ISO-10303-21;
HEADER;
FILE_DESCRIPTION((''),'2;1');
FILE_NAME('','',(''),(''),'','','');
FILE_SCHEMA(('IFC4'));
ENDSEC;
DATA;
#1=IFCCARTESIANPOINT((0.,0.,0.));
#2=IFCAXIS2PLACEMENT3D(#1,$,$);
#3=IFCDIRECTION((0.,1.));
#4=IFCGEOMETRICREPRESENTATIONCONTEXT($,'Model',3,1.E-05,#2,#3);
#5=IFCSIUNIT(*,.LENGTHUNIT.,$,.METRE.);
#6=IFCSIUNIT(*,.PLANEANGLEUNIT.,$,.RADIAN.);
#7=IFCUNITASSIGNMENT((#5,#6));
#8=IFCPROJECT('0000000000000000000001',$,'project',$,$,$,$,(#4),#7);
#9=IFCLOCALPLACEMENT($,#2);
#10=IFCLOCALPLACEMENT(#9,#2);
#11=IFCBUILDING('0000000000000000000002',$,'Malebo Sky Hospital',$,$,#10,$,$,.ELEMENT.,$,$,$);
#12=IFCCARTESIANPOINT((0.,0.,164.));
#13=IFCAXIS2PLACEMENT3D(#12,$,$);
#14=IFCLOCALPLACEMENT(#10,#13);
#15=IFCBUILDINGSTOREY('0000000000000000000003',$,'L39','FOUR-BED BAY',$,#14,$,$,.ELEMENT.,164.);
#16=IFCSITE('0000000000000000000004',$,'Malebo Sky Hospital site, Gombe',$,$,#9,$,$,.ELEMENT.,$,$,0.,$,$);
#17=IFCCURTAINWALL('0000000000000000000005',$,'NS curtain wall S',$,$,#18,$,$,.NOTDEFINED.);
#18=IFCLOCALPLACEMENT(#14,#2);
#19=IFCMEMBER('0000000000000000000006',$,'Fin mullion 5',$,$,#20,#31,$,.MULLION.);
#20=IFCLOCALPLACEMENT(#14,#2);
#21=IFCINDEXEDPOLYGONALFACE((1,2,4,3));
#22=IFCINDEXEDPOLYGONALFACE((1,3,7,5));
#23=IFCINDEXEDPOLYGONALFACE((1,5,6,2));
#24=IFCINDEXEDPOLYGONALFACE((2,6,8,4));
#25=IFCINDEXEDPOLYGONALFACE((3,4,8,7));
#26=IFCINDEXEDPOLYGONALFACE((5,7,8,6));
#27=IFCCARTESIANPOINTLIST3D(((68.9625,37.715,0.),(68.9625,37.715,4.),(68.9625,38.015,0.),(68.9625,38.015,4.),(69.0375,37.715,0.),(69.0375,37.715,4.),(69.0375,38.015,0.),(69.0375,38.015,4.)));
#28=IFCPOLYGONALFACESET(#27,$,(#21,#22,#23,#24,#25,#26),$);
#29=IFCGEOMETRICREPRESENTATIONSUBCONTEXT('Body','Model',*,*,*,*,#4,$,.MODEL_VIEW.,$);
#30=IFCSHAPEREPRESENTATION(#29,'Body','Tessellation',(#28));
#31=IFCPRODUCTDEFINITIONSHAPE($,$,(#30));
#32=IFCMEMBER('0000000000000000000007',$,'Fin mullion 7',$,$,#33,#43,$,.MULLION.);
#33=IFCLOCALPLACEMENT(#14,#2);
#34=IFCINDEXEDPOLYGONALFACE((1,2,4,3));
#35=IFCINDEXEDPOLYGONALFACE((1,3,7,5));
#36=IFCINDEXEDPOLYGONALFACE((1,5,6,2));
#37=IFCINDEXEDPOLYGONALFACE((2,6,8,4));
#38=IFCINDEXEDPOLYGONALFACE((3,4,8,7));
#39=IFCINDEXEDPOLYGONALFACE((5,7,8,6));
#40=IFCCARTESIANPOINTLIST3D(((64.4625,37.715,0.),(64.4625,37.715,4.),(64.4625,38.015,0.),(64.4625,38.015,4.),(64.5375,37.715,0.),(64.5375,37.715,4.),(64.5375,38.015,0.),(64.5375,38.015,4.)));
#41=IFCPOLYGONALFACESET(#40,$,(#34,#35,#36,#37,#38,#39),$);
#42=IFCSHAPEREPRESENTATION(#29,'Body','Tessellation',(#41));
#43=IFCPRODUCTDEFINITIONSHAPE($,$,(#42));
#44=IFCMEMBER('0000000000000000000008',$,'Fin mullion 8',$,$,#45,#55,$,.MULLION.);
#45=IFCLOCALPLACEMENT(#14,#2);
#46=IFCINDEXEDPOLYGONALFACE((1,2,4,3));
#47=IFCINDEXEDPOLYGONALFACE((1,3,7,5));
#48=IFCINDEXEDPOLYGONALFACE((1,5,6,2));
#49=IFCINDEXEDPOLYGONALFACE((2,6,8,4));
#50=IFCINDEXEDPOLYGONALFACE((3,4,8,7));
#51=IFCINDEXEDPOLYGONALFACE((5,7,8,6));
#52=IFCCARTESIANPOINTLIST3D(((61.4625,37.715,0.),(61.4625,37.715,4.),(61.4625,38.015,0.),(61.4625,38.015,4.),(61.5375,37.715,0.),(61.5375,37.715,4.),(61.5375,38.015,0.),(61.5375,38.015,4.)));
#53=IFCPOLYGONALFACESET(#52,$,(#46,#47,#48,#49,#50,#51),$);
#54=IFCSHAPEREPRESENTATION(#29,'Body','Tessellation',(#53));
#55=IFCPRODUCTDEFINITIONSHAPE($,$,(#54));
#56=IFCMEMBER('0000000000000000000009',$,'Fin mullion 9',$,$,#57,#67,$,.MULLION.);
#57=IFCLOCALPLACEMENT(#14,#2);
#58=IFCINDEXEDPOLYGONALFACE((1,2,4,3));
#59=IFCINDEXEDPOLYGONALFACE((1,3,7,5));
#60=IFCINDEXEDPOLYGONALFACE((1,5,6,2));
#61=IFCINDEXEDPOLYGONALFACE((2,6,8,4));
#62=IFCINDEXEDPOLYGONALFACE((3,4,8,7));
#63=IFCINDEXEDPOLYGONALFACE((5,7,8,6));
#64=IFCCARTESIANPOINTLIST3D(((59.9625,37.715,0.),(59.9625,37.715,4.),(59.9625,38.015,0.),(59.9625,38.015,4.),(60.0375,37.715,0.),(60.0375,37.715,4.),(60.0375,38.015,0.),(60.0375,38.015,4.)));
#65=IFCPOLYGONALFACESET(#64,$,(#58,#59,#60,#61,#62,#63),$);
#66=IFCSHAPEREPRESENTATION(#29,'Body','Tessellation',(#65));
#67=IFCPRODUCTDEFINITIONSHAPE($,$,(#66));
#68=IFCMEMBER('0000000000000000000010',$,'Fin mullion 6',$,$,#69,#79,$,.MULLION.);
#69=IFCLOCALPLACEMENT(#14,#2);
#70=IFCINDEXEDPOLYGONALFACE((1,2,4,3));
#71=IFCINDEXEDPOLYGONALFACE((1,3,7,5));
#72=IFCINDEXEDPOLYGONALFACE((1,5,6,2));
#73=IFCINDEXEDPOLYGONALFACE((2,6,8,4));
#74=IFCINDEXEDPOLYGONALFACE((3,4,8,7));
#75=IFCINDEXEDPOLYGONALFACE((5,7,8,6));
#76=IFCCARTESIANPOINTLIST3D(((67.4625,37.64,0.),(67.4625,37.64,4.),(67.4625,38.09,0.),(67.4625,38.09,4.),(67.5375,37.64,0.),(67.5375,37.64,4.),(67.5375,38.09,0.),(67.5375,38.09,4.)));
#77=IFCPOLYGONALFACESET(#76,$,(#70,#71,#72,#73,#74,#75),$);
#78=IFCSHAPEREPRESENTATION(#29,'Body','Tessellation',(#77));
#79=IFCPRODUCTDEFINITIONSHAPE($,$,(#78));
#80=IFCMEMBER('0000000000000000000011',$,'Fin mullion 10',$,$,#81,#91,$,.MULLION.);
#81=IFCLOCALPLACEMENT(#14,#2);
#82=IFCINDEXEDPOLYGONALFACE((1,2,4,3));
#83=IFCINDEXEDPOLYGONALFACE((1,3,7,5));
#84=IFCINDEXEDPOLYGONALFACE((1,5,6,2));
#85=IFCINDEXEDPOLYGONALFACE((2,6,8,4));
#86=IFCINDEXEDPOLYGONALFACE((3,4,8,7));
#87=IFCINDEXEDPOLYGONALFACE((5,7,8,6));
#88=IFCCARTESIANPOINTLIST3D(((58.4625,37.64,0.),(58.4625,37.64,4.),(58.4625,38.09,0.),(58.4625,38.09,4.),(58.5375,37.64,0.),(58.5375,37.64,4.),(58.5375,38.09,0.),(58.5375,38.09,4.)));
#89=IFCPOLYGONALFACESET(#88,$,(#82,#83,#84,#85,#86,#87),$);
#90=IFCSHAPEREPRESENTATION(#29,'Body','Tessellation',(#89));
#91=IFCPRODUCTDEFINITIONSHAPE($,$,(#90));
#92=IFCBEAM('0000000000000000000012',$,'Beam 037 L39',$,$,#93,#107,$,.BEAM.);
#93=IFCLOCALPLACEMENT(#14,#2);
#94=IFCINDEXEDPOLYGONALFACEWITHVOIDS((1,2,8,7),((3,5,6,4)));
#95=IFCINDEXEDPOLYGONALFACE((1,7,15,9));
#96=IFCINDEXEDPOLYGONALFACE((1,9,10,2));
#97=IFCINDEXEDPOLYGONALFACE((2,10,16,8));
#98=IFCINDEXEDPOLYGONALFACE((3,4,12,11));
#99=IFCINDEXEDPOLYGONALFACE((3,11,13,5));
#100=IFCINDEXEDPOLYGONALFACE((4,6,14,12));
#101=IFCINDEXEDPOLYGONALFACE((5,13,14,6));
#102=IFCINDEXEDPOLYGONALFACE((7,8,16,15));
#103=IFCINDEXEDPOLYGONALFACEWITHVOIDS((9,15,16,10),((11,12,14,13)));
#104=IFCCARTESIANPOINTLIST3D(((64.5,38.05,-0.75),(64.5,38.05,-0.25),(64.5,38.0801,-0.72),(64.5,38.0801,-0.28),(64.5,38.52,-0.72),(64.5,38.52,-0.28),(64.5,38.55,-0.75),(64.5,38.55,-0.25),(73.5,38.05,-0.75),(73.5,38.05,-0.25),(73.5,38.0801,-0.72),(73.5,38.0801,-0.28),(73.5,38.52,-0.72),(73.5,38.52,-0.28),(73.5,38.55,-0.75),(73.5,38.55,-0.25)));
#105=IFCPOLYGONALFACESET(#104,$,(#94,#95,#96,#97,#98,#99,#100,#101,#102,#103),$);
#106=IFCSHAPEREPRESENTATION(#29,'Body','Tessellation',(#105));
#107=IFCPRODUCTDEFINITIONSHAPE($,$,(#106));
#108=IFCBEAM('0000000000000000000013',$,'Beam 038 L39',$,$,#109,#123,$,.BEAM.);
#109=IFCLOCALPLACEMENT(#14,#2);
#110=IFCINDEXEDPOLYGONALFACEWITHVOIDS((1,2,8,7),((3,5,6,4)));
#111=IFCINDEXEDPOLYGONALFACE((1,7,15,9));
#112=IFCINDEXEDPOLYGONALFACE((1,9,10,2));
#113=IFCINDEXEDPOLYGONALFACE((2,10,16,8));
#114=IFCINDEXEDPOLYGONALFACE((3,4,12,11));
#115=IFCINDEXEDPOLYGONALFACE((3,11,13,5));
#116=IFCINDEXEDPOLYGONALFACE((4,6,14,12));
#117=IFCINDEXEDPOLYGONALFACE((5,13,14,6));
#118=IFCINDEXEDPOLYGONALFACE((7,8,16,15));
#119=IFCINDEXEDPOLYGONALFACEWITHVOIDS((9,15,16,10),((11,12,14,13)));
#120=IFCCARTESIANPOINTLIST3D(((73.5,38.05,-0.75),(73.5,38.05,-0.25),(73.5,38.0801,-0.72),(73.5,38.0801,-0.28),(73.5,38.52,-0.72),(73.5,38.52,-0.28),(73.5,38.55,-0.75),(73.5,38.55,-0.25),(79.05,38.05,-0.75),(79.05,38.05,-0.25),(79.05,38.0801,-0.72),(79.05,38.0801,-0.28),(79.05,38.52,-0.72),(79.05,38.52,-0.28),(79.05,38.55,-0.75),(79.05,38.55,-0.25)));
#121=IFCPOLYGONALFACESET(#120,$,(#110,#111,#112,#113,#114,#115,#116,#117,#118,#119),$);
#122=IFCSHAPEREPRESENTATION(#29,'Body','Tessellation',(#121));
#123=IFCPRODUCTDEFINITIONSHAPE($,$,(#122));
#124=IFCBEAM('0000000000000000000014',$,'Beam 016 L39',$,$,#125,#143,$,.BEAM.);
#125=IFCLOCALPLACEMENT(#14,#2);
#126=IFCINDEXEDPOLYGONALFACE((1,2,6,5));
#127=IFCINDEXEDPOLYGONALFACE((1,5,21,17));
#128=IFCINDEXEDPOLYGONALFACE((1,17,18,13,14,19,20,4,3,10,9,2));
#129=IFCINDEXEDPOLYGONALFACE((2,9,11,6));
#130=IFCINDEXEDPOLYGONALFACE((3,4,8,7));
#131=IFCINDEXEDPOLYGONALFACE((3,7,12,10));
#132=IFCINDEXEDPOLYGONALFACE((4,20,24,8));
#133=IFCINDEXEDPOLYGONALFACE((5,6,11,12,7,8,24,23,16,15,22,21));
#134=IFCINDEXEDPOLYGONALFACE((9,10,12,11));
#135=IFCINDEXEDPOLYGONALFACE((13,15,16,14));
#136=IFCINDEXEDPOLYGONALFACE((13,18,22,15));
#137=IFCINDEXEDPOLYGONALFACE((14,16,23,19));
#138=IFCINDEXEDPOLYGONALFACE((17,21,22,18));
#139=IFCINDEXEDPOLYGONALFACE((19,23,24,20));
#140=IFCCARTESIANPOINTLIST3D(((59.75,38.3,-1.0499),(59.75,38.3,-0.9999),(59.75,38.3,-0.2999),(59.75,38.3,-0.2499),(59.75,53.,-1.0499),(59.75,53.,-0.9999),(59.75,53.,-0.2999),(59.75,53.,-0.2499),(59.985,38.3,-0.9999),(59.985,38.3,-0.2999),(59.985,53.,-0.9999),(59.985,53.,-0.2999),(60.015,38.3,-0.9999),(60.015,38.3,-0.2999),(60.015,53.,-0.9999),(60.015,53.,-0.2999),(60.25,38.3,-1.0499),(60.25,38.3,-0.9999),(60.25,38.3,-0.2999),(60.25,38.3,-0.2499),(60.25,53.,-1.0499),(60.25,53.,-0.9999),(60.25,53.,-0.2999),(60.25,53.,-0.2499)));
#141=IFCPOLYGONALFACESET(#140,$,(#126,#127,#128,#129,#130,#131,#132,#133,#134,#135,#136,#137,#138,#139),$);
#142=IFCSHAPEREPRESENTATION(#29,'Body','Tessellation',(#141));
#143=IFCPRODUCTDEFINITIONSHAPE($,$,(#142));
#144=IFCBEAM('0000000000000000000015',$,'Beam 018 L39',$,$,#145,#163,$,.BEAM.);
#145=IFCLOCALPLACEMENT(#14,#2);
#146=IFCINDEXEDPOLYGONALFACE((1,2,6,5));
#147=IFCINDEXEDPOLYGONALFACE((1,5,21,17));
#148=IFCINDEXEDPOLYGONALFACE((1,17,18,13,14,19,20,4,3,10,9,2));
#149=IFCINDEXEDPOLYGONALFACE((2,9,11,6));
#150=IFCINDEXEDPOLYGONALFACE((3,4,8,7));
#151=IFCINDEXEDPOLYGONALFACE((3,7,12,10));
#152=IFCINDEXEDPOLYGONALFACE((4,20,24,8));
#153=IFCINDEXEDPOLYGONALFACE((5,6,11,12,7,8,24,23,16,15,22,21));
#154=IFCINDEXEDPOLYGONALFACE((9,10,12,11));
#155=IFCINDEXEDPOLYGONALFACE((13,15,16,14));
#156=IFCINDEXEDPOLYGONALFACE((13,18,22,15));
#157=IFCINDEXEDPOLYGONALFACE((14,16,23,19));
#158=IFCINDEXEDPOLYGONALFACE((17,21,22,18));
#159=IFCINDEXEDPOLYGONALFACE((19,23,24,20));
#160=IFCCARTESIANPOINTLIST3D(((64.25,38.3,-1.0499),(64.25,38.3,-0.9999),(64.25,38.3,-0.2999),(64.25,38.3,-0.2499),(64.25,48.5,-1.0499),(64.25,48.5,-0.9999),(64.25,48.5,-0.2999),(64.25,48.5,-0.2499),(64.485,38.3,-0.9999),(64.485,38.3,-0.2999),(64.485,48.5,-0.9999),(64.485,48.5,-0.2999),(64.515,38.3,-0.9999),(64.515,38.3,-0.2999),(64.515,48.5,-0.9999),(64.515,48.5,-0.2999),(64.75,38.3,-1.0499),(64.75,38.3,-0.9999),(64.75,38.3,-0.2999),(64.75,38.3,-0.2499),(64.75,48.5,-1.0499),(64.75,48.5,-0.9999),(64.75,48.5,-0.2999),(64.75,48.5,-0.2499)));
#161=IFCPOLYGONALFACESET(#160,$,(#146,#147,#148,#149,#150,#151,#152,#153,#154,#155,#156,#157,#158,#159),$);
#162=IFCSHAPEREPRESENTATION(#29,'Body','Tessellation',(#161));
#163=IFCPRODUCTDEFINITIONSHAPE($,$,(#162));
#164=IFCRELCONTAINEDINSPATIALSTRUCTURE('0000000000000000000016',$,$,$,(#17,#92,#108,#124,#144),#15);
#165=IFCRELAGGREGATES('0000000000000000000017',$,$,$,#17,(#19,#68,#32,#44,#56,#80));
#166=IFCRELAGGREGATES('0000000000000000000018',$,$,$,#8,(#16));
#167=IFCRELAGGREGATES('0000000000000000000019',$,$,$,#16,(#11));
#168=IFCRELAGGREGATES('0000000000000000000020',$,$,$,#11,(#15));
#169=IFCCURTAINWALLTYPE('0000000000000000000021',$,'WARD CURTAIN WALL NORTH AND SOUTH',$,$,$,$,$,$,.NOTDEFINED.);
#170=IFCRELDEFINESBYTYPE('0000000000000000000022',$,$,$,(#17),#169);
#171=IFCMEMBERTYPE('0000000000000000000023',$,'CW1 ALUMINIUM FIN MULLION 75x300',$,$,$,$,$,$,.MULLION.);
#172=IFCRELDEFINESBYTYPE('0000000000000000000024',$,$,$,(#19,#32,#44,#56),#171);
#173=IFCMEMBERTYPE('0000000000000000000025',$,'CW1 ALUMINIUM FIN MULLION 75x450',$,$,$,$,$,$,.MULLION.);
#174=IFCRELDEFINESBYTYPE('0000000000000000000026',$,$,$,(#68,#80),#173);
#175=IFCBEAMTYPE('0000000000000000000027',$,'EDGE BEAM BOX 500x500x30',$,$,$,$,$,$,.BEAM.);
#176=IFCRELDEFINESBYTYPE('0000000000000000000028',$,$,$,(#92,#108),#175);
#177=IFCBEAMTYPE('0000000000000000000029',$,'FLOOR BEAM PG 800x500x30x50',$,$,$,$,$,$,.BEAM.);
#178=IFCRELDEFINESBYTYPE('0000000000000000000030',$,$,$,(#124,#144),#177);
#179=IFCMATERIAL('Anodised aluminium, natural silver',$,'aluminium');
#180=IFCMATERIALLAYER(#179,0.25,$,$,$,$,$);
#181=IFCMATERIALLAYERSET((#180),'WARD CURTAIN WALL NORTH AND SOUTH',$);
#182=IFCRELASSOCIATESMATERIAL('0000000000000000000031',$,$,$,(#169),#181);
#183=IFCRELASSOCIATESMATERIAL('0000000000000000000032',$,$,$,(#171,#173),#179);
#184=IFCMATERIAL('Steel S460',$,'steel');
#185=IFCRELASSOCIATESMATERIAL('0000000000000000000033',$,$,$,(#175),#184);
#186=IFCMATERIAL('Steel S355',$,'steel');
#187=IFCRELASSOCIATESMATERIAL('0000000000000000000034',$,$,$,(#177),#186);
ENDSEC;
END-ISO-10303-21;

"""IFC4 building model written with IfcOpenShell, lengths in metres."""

from ifc_helpers import new_model, si_unit, direction, frame, origin, origin_2d, place, context, subcontext, project, spatial, rectangle, hollow_rectangle, i_section, extrude, material, layer, layer_set, material_profile, profile_set, type_object, element, aggregate, save


model = new_model("IFC4")

# Units and contexts
model_context = context("Model", 3, precision=1e-05, world=origin(), true_north=direction((0.0, 1.0)))
body_context = subcontext(model_context, "Body", "Model", "MODEL_VIEW")
ifc_project = project(units=[si_unit("LENGTHUNIT", "METRE"), si_unit("PLANEANGLEUNIT", "RADIAN")], contexts=[model_context])

# Site, building, storey
site_placement = place(None, origin())
site = spatial("IfcSite", under=ifc_project, at=site_placement, Name="Malebo Sky Hospital site, Gombe", CompositionType="ELEMENT", RefElevation=0.0)
building_placement = place(site_placement, origin())
building = spatial("IfcBuilding", under=site, at=building_placement, Name="Malebo Sky Hospital", CompositionType="ELEMENT")
storey_placement = place(building_placement, frame((0.0, 0.0, 164.0)))
storey = spatial("IfcBuildingStorey", under=building, at=storey_placement, Name="L39", Description="FOUR-BED BAY", CompositionType="ELEMENT", Elevation=164.0)

# Shared definitions
ifc_material_1 = material(Name="Steel S460", Category="steel")

# Curtain wall
ifc_material_2 = material(Name="Anodised aluminium, natural silver", Category="aluminium")
ifc_layer_1 = layer(ifc_material_2, 0.25)
ifc_layer_set_1 = layer_set([ifc_layer_1], Name="WARD CURTAIN WALL NORTH AND SOUTH")
curtain_wall_type = type_object("IfcCurtainWallType", Name="WARD CURTAIN WALL NORTH AND SOUTH", PredefinedType="NOTDEFINED", material=ifc_layer_set_1)
curtain_wall_placement = place(storey_placement, origin())
curtain_wall = element("IfcCurtainWall", 1, at=curtain_wall_placement, inside=storey, type_object=curtain_wall_type, Name="NS curtain wall S", PredefinedType="NOTDEFINED")

# Members
ifc_material_3 = material(Name="Steel S355", Category="steel")
ifc_material_profile_1 = material_profile(ifc_material_2, rectangle(XDim=0.075, YDim=0.3, at=origin_2d()), Name="CW1 ALUMINIUM FIN MULLION 75x300")
ifc_profile_set_1 = profile_set([ifc_material_profile_1], Name="Anodised aluminium, natural silver")
member_type_1 = type_object("IfcMemberType", Name="CW1 ALUMINIUM FIN MULLION 75x300", PredefinedType="MULLION", material=ifc_profile_set_1)
member_1_placement = place(storey_placement, frame((69.0, 37.865, 0.0), z_axis=(0.0, 0.0, 1.0), x_axis=(-1.0, 0.0, 0.0)))
member_1 = element("IfcMember", 2, at=member_1_placement, type_object=member_type_1, Name="Fin mullion 5", PredefinedType="MULLION", context=body_context, shape_type="SweptSolid", body=[
    extrude(rectangle(XDim=0.075, YDim=0.3, at=origin_2d()), origin(), (0.0, 0.0, 1.0), 4.0),
])
member_2_placement = place(storey_placement, frame((64.5, 37.865, 0.0), z_axis=(0.0, 0.0, 1.0), x_axis=(-1.0, 0.0, 0.0)))
member_2 = element("IfcMember", 3, at=member_2_placement, type_object=member_type_1, Name="Fin mullion 7", PredefinedType="MULLION", context=body_context, shape_type="SweptSolid", body=[
    extrude(rectangle(XDim=0.075, YDim=0.3, at=origin_2d()), origin(), (0.0, 0.0, 1.0), 4.0),
])
member_3_placement = place(storey_placement, frame((61.5, 37.865, 0.0), z_axis=(0.0, 0.0, 1.0), x_axis=(-1.0, 0.0, 0.0)))
member_3 = element("IfcMember", 4, at=member_3_placement, type_object=member_type_1, Name="Fin mullion 8", PredefinedType="MULLION", context=body_context, shape_type="SweptSolid", body=[
    extrude(rectangle(XDim=0.075, YDim=0.3, at=origin_2d()), origin(), (0.0, 0.0, 1.0), 4.0),
])
member_4_placement = place(storey_placement, frame((60.0, 37.865, 0.0), z_axis=(0.0, 0.0, 1.0), x_axis=(-1.0, 0.0, 0.0)))
member_4 = element("IfcMember", 5, at=member_4_placement, type_object=member_type_1, Name="Fin mullion 9", PredefinedType="MULLION", context=body_context, shape_type="SweptSolid", body=[
    extrude(rectangle(XDim=0.075, YDim=0.3, at=origin_2d()), origin(), (0.0, 0.0, 1.0), 4.0),
])
ifc_material_profile_2 = material_profile(ifc_material_2, rectangle(XDim=0.075, YDim=0.45, at=origin_2d()), Name="CW1 ALUMINIUM FIN MULLION 75x450")
ifc_profile_set_2 = profile_set([ifc_material_profile_2], Name="Anodised aluminium, natural silver")
member_type_2 = type_object("IfcMemberType", Name="CW1 ALUMINIUM FIN MULLION 75x450", PredefinedType="MULLION", material=ifc_profile_set_2)
member_5_placement = place(storey_placement, frame((67.5, 37.865, 0.0), z_axis=(0.0, 0.0, 1.0), x_axis=(-1.0, 0.0, 0.0)))
member_5 = element("IfcMember", 6, at=member_5_placement, type_object=member_type_2, Name="Fin mullion 6", PredefinedType="MULLION", context=body_context, shape_type="SweptSolid", body=[
    extrude(rectangle(XDim=0.075, YDim=0.45, at=origin_2d()), origin(), (0.0, 0.0, 1.0), 4.0),
])
member_6_placement = place(storey_placement, frame((58.5, 37.865, 0.0), z_axis=(0.0, 0.0, 1.0), x_axis=(-1.0, 0.0, 0.0)))
member_6 = element("IfcMember", 7, at=member_6_placement, type_object=member_type_2, Name="Fin mullion 10", PredefinedType="MULLION", context=body_context, shape_type="SweptSolid", body=[
    extrude(rectangle(XDim=0.075, YDim=0.45, at=origin_2d()), origin(), (0.0, 0.0, 1.0), 4.0),
])

# Beams
ifc_material_profile_3 = material_profile(ifc_material_1, hollow_rectangle(XDim=0.5, YDim=0.5, WallThickness=0.03, at=origin_2d()), Name="BOX 500x500x30")
ifc_profile_set_3 = profile_set([ifc_material_profile_3], Name="Steel S460")
beam_type_1 = type_object("IfcBeamType", Name="EDGE BEAM BOX 500x500x30", PredefinedType="BEAM", material=ifc_profile_set_3)
beam_1_placement = place(storey_placement, frame((64.5, 38.3, -0.5), z_axis=(1.0, 0.0, 0.0), x_axis=(0.0, 1.0, 0.0)))
element("IfcBeam", 8, at=beam_1_placement, inside=storey, type_object=beam_type_1, Name="Beam 037 L39", PredefinedType="BEAM", context=body_context, shape_type="SweptSolid", body=[
    extrude(hollow_rectangle(XDim=0.5, YDim=0.5, WallThickness=0.03, at=origin_2d()), origin(), (0.0, 0.0, 1.0), 9.0),
])
beam_2_placement = place(storey_placement, frame((73.5, 38.3, -0.5), z_axis=(1.0, 0.0, 0.0), x_axis=(0.0, 1.0, 0.0)))
element("IfcBeam", 9, at=beam_2_placement, inside=storey, type_object=beam_type_1, Name="Beam 038 L39", PredefinedType="BEAM", context=body_context, shape_type="SweptSolid", body=[
    extrude(hollow_rectangle(XDim=0.5, YDim=0.5, WallThickness=0.03, at=origin_2d()), origin(), (0.0, 0.0, 1.0), 5.55),
])
ifc_material_profile_4 = material_profile(ifc_material_3, i_section(OverallWidth=0.5, OverallDepth=0.8, WebThickness=0.03, FlangeThickness=0.05, at=origin_2d()), Name="PG 800x500x30x50")
ifc_profile_set_4 = profile_set([ifc_material_profile_4], Name="Steel S355")
beam_type_2 = type_object("IfcBeamType", Name="FLOOR BEAM PG 800x500x30x50", PredefinedType="BEAM", material=ifc_profile_set_4)
beam_3_placement = place(storey_placement, frame((60.0, 38.3, -0.6499), z_axis=(0.0, 1.0, 0.0), x_axis=(-1.0, 0.0, 0.0)))
element("IfcBeam", 10, at=beam_3_placement, inside=storey, type_object=beam_type_2, Name="Beam 016 L39", PredefinedType="BEAM", context=body_context, shape_type="SweptSolid", body=[
    extrude(i_section(OverallWidth=0.5, OverallDepth=0.8, WebThickness=0.03, FlangeThickness=0.05, at=origin_2d()), origin(), (0.0, 0.0, 1.0), 14.7),
])
beam_4_placement = place(storey_placement, frame((64.5, 38.3, -0.6499), z_axis=(0.0, 1.0, 0.0), x_axis=(-1.0, 0.0, 0.0)))
element("IfcBeam", 11, at=beam_4_placement, inside=storey, type_object=beam_type_2, Name="Beam 018 L39", PredefinedType="BEAM", context=body_context, shape_type="SweptSolid", body=[
    extrude(i_section(OverallWidth=0.5, OverallDepth=0.8, WebThickness=0.03, FlangeThickness=0.05, at=origin_2d()), origin(), (0.0, 0.0, 1.0), 10.2),
])

aggregate(curtain_wall, [member_1, member_5, member_2, member_3, member_4, member_6])

save(model, "model.ifc")
